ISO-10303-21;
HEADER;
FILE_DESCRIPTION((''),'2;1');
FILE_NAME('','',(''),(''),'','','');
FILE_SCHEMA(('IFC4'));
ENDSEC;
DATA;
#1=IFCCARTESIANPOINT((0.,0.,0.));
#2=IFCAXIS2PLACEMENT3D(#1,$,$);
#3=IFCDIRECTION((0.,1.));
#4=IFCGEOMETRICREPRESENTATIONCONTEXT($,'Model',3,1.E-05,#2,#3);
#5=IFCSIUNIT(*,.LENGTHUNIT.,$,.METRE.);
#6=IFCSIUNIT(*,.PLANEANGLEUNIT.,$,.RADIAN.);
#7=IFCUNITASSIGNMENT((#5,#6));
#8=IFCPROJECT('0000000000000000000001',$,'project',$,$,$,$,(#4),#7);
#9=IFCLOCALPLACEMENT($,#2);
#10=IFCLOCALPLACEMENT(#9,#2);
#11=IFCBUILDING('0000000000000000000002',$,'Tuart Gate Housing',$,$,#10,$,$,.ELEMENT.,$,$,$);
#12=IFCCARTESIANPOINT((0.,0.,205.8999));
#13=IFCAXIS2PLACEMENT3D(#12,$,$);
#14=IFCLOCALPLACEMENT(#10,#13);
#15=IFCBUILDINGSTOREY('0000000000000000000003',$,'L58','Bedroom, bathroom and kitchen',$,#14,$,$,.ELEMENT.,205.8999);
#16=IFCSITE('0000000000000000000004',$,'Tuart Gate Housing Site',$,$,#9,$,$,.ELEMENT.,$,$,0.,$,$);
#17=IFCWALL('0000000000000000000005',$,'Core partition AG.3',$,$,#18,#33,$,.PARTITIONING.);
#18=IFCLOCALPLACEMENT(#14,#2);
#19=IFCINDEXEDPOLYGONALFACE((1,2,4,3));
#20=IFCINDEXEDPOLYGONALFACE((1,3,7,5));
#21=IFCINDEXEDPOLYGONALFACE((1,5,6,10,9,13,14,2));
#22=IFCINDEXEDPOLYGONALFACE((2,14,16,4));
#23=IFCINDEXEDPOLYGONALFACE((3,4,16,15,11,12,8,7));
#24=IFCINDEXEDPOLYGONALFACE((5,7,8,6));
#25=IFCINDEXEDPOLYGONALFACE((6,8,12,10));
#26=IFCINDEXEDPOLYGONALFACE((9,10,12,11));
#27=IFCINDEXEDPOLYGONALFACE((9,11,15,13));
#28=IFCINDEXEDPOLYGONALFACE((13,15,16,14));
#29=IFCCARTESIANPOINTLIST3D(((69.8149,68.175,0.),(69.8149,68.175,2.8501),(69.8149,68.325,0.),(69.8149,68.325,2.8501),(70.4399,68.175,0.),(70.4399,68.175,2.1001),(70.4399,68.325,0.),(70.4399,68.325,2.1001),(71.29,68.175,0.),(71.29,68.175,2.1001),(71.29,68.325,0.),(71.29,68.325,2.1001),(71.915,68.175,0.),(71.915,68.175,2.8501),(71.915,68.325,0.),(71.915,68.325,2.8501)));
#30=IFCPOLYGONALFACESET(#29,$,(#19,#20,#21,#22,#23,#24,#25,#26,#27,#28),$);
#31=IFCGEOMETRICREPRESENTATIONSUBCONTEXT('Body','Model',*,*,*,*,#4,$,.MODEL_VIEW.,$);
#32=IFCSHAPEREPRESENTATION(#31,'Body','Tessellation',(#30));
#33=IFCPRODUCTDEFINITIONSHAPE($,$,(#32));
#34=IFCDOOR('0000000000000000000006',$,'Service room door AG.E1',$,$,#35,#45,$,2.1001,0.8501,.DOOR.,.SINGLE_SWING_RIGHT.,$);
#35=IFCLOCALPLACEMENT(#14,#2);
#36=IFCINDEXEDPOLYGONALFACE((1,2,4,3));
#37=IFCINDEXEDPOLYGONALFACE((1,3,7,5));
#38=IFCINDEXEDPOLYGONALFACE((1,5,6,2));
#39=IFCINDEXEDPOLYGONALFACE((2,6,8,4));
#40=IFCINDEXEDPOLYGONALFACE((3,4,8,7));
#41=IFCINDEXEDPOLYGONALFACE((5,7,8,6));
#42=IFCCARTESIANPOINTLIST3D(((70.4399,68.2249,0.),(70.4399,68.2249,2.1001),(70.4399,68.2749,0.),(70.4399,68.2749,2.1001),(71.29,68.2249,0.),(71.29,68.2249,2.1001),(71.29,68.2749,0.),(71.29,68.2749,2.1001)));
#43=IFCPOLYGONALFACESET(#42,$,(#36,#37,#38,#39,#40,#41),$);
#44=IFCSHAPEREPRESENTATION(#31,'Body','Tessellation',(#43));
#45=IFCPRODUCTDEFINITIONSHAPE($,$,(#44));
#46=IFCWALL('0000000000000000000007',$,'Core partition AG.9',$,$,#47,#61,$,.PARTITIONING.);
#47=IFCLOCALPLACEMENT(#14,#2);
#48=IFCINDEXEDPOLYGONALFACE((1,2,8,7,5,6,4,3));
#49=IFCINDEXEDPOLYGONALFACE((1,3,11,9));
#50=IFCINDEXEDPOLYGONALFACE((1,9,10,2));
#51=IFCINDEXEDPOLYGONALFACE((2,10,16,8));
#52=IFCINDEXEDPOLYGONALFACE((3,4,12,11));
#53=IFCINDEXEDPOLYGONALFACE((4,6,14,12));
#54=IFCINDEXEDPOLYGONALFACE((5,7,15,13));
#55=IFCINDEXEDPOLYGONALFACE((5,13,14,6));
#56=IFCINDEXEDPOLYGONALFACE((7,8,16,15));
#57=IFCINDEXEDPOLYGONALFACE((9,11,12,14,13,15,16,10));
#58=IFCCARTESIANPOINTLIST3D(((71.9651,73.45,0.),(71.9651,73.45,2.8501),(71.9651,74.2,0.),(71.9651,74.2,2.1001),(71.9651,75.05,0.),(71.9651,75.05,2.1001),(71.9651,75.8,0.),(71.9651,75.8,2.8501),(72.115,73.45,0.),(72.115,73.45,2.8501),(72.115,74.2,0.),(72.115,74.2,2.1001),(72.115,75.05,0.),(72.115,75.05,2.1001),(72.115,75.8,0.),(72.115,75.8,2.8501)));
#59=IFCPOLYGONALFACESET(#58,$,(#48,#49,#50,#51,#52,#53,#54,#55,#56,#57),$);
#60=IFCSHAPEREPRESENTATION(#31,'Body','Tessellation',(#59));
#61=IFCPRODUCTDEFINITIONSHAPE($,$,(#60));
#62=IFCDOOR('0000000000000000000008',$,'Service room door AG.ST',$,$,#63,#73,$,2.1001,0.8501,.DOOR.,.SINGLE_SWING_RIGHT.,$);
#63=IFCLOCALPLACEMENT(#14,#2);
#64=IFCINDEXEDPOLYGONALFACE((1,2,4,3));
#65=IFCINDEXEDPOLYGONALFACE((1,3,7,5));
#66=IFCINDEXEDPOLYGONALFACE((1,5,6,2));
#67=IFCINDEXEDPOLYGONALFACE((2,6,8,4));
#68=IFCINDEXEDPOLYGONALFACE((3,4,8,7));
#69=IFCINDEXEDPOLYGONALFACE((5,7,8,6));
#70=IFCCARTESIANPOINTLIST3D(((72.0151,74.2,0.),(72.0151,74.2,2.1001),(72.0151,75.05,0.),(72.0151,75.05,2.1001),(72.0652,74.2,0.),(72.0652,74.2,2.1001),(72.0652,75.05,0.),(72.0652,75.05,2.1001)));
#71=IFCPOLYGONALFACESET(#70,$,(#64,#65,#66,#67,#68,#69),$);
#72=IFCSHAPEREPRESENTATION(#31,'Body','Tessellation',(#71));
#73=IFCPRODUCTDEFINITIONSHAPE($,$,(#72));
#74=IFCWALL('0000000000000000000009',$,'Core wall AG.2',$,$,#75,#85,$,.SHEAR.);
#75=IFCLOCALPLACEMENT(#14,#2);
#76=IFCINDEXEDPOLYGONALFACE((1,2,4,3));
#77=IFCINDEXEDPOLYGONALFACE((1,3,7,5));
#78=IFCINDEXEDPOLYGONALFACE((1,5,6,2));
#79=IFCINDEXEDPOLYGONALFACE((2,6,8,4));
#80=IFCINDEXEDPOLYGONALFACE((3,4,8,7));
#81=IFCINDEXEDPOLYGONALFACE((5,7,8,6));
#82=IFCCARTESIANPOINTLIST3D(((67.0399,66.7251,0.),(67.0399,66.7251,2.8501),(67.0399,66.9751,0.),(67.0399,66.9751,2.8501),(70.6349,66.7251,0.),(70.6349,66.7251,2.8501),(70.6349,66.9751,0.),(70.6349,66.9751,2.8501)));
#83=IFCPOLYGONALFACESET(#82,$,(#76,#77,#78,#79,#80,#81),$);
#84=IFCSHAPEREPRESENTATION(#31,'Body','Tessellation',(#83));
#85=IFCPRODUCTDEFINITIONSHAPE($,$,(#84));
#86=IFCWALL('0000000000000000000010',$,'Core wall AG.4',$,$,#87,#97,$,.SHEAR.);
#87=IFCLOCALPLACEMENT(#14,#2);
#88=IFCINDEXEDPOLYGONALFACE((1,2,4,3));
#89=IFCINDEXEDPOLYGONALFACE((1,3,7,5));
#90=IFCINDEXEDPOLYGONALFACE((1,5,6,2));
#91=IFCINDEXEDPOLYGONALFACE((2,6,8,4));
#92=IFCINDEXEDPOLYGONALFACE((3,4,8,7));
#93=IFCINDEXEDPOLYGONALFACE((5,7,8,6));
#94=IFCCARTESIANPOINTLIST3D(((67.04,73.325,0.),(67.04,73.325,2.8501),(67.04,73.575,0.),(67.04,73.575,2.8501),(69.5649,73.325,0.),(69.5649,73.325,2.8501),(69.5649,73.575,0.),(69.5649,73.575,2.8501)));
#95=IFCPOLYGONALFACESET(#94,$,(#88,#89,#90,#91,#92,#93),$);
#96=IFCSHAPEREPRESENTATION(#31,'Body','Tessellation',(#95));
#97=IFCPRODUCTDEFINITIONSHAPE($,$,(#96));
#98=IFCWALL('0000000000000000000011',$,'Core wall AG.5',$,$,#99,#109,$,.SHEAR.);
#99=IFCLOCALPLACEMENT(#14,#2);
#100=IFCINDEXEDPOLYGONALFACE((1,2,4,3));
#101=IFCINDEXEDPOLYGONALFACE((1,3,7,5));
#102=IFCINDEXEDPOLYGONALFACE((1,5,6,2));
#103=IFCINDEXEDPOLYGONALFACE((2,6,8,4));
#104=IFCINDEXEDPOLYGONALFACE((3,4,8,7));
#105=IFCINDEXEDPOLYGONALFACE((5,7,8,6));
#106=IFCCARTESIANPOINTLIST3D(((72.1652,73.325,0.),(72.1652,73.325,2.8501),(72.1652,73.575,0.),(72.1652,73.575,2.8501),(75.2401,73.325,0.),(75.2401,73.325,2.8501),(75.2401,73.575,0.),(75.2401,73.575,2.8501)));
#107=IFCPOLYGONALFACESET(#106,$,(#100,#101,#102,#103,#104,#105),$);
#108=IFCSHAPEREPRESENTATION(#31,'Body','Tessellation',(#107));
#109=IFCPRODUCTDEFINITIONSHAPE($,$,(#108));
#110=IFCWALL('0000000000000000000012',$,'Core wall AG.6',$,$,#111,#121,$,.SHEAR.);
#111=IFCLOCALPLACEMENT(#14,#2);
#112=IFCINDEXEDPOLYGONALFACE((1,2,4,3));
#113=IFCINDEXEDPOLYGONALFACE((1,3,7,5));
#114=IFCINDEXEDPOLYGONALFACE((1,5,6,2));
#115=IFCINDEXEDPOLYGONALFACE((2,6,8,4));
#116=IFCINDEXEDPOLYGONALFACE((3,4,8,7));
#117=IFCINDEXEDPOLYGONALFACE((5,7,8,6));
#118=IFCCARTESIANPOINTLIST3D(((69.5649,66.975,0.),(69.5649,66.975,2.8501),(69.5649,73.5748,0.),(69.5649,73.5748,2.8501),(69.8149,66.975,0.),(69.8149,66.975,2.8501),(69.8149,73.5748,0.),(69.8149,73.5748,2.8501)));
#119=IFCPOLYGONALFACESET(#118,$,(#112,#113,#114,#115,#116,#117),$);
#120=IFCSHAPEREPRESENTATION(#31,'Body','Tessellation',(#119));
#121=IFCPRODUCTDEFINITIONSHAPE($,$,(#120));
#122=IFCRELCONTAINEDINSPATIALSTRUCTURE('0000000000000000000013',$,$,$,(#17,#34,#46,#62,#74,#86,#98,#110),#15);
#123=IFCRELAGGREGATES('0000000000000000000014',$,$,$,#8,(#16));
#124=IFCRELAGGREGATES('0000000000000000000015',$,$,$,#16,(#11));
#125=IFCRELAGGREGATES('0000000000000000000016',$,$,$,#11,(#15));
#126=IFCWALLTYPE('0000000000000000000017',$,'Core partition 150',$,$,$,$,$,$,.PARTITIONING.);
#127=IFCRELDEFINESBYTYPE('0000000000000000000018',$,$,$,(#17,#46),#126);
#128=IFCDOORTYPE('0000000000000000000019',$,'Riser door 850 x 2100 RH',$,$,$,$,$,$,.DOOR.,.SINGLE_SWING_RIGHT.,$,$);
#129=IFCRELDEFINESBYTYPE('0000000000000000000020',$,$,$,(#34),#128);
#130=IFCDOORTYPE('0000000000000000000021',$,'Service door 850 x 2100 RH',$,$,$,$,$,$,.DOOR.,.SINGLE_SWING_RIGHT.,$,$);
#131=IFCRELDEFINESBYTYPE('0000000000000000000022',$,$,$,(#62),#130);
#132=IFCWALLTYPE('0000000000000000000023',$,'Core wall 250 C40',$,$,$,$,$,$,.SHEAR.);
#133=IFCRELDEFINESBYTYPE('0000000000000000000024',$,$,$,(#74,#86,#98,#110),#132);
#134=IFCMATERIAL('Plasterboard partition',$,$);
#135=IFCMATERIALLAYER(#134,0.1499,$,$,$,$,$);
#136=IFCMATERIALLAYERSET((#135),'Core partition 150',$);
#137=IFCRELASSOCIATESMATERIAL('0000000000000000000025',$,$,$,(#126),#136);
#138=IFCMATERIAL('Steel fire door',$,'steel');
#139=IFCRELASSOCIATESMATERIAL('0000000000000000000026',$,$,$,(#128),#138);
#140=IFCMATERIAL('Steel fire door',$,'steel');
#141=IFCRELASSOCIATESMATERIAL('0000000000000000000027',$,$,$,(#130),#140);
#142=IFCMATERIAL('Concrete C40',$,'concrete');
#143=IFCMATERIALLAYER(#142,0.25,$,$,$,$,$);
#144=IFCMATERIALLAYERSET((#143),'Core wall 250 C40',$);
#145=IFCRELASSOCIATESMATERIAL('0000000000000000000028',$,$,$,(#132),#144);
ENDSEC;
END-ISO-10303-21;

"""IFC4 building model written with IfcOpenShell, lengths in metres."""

from ifc_helpers import new_model, si_unit, direction, frame, frame_2d, origin, place, context, subcontext, project, spatial, rectangle, extrude, material, layer, layer_set, type_object, element, fill, save


model = new_model("IFC4")

# Units and contexts
model_context = context("Model", 3, precision=1e-05, world=origin(), true_north=direction((0.0, 1.0)))
body_context = subcontext(model_context, "Body", "Model", "MODEL_VIEW")
ifc_project = project(units=[si_unit("LENGTHUNIT", "METRE"), si_unit("PLANEANGLEUNIT", "RADIAN")], contexts=[model_context])

# Site, building, storey
site_placement = place(None, origin())
site = spatial("IfcSite", under=ifc_project, at=site_placement, Name="Tuart Gate Housing Site", CompositionType="ELEMENT", RefElevation=0.0)
building_placement = place(site_placement, origin())
building = spatial("IfcBuilding", under=site, at=building_placement, Name="Tuart Gate Housing", CompositionType="ELEMENT")
storey_placement = place(building_placement, frame((0.0, 0.0, 205.8999)))
storey = spatial("IfcBuildingStorey", under=building, at=storey_placement, Name="L58", Description="Bedroom, bathroom and kitchen", CompositionType="ELEMENT", Elevation=205.8999)

# Walls, openings, doors
ifc_material_1 = material(Name="Plasterboard partition")
ifc_layer_1 = layer(ifc_material_1, 0.1499)
ifc_layer_set_1 = layer_set([ifc_layer_1], Name="Core partition 150")
wall_type_1 = type_object("IfcWallType", Name="Core partition 150", PredefinedType="PARTITIONING", material=ifc_layer_set_1)
wall_1_placement = place(storey_placement, frame((69.8149, 68.25, 0.0), z_axis=(0.0, 0.0, 1.0), x_axis=(1.0, 0.0, 0.0)))
wall_1 = element("IfcWall", 1, at=wall_1_placement, inside=storey, type_object=wall_type_1, Name="Core partition AG.3", PredefinedType="PARTITIONING", context=body_context, shape_type="SweptSolid", body=[
    extrude(rectangle(XDim=2.1001, YDim=0.1499, at=frame_2d((1.05, 0.0))), origin(), (0.0, 0.0, 1.0), 2.8501),
])
opening_1_placement = place(wall_1_placement, frame((0.625, 0.0, 0.0)))
opening_1 = element("IfcOpeningElement", 2, at=opening_1_placement, cuts=wall_1, PredefinedType="OPENING", context=body_context, shape_type="SweptSolid", body=[
    extrude(rectangle(XDim=0.8501, YDim=2.1001, at=frame_2d((0.425, 1.05))), frame((0.0, 0.085, 0.0), z_axis=(0.0, -1.0, 0.0), x_axis=(1.0, 0.0, 0.0)), (0.0, 0.0, 1.0), 0.1699),
])
ifc_material_2 = material(Name="Steel fire door", Category="steel")
door_type_1 = type_object("IfcDoorType", Name="Riser door 850 x 2100 RH", OperationType="SINGLE_SWING_RIGHT", PredefinedType="DOOR", material=ifc_material_2)
door_1_placement = place(opening_1_placement, frame((0.8501, 0.0, 0.0), z_axis=(0.0, 0.0, 1.0), x_axis=(-1.0, 0.0, 0.0)))
door_1 = element("IfcDoor", 3, at=door_1_placement, inside=storey, type_object=door_type_1, Name="Service room door AG.E1", OperationType="SINGLE_SWING_RIGHT", OverallHeight=2.1001, OverallWidth=0.8501, PredefinedType="DOOR", context=body_context, shape_type="SweptSolid", body=[
    extrude(rectangle(XDim=0.8501, YDim=2.1001, at=frame_2d((0.425, 1.05))), frame((0.0, 0.0251, 0.0), z_axis=(0.0, -1.0, 0.0), x_axis=(1.0, 0.0, 0.0)), (0.0, 0.0, 1.0), 0.05),
])
fill(opening_1, door_1)
wall_2_placement = place(storey_placement, frame((72.04, 73.45, 0.0), z_axis=(0.0, 0.0, 1.0), x_axis=(0.0, 1.0, 0.0)))
wall_2 = element("IfcWall", 4, at=wall_2_placement, inside=storey, type_object=wall_type_1, Name="Core partition AG.9", PredefinedType="PARTITIONING", context=body_context, shape_type="SweptSolid", body=[
    extrude(rectangle(XDim=2.3501, YDim=0.1499, at=frame_2d((1.175, 0.0))), origin(), (0.0, 0.0, 1.0), 2.8501),
])
opening_2_placement = place(wall_2_placement, frame((0.75, 0.0, 0.0)))
opening_2 = element("IfcOpeningElement", 5, at=opening_2_placement, cuts=wall_2, PredefinedType="OPENING", context=body_context, shape_type="SweptSolid", body=[
    extrude(rectangle(XDim=0.8501, YDim=2.1001, at=frame_2d((0.425, 1.05))), frame((0.0, 0.085, 0.0), z_axis=(0.0, -1.0, 0.0), x_axis=(1.0, 0.0, 0.0)), (0.0, 0.0, 1.0), 0.1699),
])
ifc_material_3 = material(Name="Steel fire door", Category="steel")
door_type_2 = type_object("IfcDoorType", Name="Service door 850 x 2100 RH", OperationType="SINGLE_SWING_RIGHT", PredefinedType="DOOR", material=ifc_material_3)
door_2_placement = place(opening_2_placement, frame((0.8501, 0.0, 0.0), z_axis=(0.0, 0.0, 1.0), x_axis=(-1.0, 0.0, 0.0)))
door_2 = element("IfcDoor", 6, at=door_2_placement, inside=storey, type_object=door_type_2, Name="Service room door AG.ST", OperationType="SINGLE_SWING_RIGHT", OverallHeight=2.1001, OverallWidth=0.8501, PredefinedType="DOOR", context=body_context, shape_type="SweptSolid", body=[
    extrude(rectangle(XDim=0.8501, YDim=2.1001, at=frame_2d((0.425, 1.05))), frame((0.0, 0.0251, 0.0), z_axis=(0.0, -1.0, 0.0), x_axis=(1.0, 0.0, 0.0)), (0.0, 0.0, 1.0), 0.05),
])
fill(opening_2, door_2)

# Walls
ifc_material_4 = material(Name="Concrete C40", Category="concrete")
ifc_layer_2 = layer(ifc_material_4, 0.25)
ifc_layer_set_2 = layer_set([ifc_layer_2], Name="Core wall 250 C40")
wall_type_2 = type_object("IfcWallType", Name="Core wall 250 C40", PredefinedType="SHEAR", material=ifc_layer_set_2)
wall_3_placement = place(storey_placement, frame((67.04, 66.8501, 0.0), z_axis=(0.0, 0.0, 1.0), x_axis=(1.0, 0.0, 0.0)))
element("IfcWall", 7, at=wall_3_placement, inside=storey, type_object=wall_type_2, Name="Core wall AG.2", PredefinedType="SHEAR", context=body_context, shape_type="SweptSolid", body=[
    extrude(rectangle(XDim=3.595, YDim=0.25, at=frame_2d((1.7974, 0.0))), origin(), (0.0, 0.0, 1.0), 2.8501),
])
wall_4_placement = place(storey_placement, frame((67.04, 73.45, 0.0), z_axis=(0.0, 0.0, 1.0), x_axis=(1.0, 0.0, 0.0)))
element("IfcWall", 8, at=wall_4_placement, inside=storey, type_object=wall_type_2, Name="Core wall AG.4", PredefinedType="SHEAR", context=body_context, shape_type="SweptSolid", body=[
    extrude(rectangle(XDim=2.5249, YDim=0.25, at=frame_2d((1.2625, 0.0))), origin(), (0.0, 0.0, 1.0), 2.8501),
])
wall_5_placement = place(storey_placement, frame((72.165, 73.45, 0.0), z_axis=(0.0, 0.0, 1.0), x_axis=(1.0, 0.0, 0.0)))
element("IfcWall", 9, at=wall_5_placement, inside=storey, type_object=wall_type_2, Name="Core wall AG.5", PredefinedType="SHEAR", context=body_context, shape_type="SweptSolid", body=[
    extrude(rectangle(XDim=3.075, YDim=0.25, at=frame_2d((1.5376, 0.0))), origin(), (0.0, 0.0, 1.0), 2.8501),
])
wall_6_placement = place(storey_placement, frame((69.6899, 66.9751, 0.0), z_axis=(0.0, 0.0, 1.0), x_axis=(0.0, 1.0, 0.0)))
element("IfcWall", 10, at=wall_6_placement, inside=storey, type_object=wall_type_2, Name="Core wall AG.6", PredefinedType="SHEAR", context=body_context, shape_type="SweptSolid", body=[
    extrude(rectangle(XDim=6.5999, YDim=0.25, at=frame_2d((3.2998, 0.0))), origin(), (0.0, 0.0, 1.0), 2.8501),
])

save(model, "model.ifc")
